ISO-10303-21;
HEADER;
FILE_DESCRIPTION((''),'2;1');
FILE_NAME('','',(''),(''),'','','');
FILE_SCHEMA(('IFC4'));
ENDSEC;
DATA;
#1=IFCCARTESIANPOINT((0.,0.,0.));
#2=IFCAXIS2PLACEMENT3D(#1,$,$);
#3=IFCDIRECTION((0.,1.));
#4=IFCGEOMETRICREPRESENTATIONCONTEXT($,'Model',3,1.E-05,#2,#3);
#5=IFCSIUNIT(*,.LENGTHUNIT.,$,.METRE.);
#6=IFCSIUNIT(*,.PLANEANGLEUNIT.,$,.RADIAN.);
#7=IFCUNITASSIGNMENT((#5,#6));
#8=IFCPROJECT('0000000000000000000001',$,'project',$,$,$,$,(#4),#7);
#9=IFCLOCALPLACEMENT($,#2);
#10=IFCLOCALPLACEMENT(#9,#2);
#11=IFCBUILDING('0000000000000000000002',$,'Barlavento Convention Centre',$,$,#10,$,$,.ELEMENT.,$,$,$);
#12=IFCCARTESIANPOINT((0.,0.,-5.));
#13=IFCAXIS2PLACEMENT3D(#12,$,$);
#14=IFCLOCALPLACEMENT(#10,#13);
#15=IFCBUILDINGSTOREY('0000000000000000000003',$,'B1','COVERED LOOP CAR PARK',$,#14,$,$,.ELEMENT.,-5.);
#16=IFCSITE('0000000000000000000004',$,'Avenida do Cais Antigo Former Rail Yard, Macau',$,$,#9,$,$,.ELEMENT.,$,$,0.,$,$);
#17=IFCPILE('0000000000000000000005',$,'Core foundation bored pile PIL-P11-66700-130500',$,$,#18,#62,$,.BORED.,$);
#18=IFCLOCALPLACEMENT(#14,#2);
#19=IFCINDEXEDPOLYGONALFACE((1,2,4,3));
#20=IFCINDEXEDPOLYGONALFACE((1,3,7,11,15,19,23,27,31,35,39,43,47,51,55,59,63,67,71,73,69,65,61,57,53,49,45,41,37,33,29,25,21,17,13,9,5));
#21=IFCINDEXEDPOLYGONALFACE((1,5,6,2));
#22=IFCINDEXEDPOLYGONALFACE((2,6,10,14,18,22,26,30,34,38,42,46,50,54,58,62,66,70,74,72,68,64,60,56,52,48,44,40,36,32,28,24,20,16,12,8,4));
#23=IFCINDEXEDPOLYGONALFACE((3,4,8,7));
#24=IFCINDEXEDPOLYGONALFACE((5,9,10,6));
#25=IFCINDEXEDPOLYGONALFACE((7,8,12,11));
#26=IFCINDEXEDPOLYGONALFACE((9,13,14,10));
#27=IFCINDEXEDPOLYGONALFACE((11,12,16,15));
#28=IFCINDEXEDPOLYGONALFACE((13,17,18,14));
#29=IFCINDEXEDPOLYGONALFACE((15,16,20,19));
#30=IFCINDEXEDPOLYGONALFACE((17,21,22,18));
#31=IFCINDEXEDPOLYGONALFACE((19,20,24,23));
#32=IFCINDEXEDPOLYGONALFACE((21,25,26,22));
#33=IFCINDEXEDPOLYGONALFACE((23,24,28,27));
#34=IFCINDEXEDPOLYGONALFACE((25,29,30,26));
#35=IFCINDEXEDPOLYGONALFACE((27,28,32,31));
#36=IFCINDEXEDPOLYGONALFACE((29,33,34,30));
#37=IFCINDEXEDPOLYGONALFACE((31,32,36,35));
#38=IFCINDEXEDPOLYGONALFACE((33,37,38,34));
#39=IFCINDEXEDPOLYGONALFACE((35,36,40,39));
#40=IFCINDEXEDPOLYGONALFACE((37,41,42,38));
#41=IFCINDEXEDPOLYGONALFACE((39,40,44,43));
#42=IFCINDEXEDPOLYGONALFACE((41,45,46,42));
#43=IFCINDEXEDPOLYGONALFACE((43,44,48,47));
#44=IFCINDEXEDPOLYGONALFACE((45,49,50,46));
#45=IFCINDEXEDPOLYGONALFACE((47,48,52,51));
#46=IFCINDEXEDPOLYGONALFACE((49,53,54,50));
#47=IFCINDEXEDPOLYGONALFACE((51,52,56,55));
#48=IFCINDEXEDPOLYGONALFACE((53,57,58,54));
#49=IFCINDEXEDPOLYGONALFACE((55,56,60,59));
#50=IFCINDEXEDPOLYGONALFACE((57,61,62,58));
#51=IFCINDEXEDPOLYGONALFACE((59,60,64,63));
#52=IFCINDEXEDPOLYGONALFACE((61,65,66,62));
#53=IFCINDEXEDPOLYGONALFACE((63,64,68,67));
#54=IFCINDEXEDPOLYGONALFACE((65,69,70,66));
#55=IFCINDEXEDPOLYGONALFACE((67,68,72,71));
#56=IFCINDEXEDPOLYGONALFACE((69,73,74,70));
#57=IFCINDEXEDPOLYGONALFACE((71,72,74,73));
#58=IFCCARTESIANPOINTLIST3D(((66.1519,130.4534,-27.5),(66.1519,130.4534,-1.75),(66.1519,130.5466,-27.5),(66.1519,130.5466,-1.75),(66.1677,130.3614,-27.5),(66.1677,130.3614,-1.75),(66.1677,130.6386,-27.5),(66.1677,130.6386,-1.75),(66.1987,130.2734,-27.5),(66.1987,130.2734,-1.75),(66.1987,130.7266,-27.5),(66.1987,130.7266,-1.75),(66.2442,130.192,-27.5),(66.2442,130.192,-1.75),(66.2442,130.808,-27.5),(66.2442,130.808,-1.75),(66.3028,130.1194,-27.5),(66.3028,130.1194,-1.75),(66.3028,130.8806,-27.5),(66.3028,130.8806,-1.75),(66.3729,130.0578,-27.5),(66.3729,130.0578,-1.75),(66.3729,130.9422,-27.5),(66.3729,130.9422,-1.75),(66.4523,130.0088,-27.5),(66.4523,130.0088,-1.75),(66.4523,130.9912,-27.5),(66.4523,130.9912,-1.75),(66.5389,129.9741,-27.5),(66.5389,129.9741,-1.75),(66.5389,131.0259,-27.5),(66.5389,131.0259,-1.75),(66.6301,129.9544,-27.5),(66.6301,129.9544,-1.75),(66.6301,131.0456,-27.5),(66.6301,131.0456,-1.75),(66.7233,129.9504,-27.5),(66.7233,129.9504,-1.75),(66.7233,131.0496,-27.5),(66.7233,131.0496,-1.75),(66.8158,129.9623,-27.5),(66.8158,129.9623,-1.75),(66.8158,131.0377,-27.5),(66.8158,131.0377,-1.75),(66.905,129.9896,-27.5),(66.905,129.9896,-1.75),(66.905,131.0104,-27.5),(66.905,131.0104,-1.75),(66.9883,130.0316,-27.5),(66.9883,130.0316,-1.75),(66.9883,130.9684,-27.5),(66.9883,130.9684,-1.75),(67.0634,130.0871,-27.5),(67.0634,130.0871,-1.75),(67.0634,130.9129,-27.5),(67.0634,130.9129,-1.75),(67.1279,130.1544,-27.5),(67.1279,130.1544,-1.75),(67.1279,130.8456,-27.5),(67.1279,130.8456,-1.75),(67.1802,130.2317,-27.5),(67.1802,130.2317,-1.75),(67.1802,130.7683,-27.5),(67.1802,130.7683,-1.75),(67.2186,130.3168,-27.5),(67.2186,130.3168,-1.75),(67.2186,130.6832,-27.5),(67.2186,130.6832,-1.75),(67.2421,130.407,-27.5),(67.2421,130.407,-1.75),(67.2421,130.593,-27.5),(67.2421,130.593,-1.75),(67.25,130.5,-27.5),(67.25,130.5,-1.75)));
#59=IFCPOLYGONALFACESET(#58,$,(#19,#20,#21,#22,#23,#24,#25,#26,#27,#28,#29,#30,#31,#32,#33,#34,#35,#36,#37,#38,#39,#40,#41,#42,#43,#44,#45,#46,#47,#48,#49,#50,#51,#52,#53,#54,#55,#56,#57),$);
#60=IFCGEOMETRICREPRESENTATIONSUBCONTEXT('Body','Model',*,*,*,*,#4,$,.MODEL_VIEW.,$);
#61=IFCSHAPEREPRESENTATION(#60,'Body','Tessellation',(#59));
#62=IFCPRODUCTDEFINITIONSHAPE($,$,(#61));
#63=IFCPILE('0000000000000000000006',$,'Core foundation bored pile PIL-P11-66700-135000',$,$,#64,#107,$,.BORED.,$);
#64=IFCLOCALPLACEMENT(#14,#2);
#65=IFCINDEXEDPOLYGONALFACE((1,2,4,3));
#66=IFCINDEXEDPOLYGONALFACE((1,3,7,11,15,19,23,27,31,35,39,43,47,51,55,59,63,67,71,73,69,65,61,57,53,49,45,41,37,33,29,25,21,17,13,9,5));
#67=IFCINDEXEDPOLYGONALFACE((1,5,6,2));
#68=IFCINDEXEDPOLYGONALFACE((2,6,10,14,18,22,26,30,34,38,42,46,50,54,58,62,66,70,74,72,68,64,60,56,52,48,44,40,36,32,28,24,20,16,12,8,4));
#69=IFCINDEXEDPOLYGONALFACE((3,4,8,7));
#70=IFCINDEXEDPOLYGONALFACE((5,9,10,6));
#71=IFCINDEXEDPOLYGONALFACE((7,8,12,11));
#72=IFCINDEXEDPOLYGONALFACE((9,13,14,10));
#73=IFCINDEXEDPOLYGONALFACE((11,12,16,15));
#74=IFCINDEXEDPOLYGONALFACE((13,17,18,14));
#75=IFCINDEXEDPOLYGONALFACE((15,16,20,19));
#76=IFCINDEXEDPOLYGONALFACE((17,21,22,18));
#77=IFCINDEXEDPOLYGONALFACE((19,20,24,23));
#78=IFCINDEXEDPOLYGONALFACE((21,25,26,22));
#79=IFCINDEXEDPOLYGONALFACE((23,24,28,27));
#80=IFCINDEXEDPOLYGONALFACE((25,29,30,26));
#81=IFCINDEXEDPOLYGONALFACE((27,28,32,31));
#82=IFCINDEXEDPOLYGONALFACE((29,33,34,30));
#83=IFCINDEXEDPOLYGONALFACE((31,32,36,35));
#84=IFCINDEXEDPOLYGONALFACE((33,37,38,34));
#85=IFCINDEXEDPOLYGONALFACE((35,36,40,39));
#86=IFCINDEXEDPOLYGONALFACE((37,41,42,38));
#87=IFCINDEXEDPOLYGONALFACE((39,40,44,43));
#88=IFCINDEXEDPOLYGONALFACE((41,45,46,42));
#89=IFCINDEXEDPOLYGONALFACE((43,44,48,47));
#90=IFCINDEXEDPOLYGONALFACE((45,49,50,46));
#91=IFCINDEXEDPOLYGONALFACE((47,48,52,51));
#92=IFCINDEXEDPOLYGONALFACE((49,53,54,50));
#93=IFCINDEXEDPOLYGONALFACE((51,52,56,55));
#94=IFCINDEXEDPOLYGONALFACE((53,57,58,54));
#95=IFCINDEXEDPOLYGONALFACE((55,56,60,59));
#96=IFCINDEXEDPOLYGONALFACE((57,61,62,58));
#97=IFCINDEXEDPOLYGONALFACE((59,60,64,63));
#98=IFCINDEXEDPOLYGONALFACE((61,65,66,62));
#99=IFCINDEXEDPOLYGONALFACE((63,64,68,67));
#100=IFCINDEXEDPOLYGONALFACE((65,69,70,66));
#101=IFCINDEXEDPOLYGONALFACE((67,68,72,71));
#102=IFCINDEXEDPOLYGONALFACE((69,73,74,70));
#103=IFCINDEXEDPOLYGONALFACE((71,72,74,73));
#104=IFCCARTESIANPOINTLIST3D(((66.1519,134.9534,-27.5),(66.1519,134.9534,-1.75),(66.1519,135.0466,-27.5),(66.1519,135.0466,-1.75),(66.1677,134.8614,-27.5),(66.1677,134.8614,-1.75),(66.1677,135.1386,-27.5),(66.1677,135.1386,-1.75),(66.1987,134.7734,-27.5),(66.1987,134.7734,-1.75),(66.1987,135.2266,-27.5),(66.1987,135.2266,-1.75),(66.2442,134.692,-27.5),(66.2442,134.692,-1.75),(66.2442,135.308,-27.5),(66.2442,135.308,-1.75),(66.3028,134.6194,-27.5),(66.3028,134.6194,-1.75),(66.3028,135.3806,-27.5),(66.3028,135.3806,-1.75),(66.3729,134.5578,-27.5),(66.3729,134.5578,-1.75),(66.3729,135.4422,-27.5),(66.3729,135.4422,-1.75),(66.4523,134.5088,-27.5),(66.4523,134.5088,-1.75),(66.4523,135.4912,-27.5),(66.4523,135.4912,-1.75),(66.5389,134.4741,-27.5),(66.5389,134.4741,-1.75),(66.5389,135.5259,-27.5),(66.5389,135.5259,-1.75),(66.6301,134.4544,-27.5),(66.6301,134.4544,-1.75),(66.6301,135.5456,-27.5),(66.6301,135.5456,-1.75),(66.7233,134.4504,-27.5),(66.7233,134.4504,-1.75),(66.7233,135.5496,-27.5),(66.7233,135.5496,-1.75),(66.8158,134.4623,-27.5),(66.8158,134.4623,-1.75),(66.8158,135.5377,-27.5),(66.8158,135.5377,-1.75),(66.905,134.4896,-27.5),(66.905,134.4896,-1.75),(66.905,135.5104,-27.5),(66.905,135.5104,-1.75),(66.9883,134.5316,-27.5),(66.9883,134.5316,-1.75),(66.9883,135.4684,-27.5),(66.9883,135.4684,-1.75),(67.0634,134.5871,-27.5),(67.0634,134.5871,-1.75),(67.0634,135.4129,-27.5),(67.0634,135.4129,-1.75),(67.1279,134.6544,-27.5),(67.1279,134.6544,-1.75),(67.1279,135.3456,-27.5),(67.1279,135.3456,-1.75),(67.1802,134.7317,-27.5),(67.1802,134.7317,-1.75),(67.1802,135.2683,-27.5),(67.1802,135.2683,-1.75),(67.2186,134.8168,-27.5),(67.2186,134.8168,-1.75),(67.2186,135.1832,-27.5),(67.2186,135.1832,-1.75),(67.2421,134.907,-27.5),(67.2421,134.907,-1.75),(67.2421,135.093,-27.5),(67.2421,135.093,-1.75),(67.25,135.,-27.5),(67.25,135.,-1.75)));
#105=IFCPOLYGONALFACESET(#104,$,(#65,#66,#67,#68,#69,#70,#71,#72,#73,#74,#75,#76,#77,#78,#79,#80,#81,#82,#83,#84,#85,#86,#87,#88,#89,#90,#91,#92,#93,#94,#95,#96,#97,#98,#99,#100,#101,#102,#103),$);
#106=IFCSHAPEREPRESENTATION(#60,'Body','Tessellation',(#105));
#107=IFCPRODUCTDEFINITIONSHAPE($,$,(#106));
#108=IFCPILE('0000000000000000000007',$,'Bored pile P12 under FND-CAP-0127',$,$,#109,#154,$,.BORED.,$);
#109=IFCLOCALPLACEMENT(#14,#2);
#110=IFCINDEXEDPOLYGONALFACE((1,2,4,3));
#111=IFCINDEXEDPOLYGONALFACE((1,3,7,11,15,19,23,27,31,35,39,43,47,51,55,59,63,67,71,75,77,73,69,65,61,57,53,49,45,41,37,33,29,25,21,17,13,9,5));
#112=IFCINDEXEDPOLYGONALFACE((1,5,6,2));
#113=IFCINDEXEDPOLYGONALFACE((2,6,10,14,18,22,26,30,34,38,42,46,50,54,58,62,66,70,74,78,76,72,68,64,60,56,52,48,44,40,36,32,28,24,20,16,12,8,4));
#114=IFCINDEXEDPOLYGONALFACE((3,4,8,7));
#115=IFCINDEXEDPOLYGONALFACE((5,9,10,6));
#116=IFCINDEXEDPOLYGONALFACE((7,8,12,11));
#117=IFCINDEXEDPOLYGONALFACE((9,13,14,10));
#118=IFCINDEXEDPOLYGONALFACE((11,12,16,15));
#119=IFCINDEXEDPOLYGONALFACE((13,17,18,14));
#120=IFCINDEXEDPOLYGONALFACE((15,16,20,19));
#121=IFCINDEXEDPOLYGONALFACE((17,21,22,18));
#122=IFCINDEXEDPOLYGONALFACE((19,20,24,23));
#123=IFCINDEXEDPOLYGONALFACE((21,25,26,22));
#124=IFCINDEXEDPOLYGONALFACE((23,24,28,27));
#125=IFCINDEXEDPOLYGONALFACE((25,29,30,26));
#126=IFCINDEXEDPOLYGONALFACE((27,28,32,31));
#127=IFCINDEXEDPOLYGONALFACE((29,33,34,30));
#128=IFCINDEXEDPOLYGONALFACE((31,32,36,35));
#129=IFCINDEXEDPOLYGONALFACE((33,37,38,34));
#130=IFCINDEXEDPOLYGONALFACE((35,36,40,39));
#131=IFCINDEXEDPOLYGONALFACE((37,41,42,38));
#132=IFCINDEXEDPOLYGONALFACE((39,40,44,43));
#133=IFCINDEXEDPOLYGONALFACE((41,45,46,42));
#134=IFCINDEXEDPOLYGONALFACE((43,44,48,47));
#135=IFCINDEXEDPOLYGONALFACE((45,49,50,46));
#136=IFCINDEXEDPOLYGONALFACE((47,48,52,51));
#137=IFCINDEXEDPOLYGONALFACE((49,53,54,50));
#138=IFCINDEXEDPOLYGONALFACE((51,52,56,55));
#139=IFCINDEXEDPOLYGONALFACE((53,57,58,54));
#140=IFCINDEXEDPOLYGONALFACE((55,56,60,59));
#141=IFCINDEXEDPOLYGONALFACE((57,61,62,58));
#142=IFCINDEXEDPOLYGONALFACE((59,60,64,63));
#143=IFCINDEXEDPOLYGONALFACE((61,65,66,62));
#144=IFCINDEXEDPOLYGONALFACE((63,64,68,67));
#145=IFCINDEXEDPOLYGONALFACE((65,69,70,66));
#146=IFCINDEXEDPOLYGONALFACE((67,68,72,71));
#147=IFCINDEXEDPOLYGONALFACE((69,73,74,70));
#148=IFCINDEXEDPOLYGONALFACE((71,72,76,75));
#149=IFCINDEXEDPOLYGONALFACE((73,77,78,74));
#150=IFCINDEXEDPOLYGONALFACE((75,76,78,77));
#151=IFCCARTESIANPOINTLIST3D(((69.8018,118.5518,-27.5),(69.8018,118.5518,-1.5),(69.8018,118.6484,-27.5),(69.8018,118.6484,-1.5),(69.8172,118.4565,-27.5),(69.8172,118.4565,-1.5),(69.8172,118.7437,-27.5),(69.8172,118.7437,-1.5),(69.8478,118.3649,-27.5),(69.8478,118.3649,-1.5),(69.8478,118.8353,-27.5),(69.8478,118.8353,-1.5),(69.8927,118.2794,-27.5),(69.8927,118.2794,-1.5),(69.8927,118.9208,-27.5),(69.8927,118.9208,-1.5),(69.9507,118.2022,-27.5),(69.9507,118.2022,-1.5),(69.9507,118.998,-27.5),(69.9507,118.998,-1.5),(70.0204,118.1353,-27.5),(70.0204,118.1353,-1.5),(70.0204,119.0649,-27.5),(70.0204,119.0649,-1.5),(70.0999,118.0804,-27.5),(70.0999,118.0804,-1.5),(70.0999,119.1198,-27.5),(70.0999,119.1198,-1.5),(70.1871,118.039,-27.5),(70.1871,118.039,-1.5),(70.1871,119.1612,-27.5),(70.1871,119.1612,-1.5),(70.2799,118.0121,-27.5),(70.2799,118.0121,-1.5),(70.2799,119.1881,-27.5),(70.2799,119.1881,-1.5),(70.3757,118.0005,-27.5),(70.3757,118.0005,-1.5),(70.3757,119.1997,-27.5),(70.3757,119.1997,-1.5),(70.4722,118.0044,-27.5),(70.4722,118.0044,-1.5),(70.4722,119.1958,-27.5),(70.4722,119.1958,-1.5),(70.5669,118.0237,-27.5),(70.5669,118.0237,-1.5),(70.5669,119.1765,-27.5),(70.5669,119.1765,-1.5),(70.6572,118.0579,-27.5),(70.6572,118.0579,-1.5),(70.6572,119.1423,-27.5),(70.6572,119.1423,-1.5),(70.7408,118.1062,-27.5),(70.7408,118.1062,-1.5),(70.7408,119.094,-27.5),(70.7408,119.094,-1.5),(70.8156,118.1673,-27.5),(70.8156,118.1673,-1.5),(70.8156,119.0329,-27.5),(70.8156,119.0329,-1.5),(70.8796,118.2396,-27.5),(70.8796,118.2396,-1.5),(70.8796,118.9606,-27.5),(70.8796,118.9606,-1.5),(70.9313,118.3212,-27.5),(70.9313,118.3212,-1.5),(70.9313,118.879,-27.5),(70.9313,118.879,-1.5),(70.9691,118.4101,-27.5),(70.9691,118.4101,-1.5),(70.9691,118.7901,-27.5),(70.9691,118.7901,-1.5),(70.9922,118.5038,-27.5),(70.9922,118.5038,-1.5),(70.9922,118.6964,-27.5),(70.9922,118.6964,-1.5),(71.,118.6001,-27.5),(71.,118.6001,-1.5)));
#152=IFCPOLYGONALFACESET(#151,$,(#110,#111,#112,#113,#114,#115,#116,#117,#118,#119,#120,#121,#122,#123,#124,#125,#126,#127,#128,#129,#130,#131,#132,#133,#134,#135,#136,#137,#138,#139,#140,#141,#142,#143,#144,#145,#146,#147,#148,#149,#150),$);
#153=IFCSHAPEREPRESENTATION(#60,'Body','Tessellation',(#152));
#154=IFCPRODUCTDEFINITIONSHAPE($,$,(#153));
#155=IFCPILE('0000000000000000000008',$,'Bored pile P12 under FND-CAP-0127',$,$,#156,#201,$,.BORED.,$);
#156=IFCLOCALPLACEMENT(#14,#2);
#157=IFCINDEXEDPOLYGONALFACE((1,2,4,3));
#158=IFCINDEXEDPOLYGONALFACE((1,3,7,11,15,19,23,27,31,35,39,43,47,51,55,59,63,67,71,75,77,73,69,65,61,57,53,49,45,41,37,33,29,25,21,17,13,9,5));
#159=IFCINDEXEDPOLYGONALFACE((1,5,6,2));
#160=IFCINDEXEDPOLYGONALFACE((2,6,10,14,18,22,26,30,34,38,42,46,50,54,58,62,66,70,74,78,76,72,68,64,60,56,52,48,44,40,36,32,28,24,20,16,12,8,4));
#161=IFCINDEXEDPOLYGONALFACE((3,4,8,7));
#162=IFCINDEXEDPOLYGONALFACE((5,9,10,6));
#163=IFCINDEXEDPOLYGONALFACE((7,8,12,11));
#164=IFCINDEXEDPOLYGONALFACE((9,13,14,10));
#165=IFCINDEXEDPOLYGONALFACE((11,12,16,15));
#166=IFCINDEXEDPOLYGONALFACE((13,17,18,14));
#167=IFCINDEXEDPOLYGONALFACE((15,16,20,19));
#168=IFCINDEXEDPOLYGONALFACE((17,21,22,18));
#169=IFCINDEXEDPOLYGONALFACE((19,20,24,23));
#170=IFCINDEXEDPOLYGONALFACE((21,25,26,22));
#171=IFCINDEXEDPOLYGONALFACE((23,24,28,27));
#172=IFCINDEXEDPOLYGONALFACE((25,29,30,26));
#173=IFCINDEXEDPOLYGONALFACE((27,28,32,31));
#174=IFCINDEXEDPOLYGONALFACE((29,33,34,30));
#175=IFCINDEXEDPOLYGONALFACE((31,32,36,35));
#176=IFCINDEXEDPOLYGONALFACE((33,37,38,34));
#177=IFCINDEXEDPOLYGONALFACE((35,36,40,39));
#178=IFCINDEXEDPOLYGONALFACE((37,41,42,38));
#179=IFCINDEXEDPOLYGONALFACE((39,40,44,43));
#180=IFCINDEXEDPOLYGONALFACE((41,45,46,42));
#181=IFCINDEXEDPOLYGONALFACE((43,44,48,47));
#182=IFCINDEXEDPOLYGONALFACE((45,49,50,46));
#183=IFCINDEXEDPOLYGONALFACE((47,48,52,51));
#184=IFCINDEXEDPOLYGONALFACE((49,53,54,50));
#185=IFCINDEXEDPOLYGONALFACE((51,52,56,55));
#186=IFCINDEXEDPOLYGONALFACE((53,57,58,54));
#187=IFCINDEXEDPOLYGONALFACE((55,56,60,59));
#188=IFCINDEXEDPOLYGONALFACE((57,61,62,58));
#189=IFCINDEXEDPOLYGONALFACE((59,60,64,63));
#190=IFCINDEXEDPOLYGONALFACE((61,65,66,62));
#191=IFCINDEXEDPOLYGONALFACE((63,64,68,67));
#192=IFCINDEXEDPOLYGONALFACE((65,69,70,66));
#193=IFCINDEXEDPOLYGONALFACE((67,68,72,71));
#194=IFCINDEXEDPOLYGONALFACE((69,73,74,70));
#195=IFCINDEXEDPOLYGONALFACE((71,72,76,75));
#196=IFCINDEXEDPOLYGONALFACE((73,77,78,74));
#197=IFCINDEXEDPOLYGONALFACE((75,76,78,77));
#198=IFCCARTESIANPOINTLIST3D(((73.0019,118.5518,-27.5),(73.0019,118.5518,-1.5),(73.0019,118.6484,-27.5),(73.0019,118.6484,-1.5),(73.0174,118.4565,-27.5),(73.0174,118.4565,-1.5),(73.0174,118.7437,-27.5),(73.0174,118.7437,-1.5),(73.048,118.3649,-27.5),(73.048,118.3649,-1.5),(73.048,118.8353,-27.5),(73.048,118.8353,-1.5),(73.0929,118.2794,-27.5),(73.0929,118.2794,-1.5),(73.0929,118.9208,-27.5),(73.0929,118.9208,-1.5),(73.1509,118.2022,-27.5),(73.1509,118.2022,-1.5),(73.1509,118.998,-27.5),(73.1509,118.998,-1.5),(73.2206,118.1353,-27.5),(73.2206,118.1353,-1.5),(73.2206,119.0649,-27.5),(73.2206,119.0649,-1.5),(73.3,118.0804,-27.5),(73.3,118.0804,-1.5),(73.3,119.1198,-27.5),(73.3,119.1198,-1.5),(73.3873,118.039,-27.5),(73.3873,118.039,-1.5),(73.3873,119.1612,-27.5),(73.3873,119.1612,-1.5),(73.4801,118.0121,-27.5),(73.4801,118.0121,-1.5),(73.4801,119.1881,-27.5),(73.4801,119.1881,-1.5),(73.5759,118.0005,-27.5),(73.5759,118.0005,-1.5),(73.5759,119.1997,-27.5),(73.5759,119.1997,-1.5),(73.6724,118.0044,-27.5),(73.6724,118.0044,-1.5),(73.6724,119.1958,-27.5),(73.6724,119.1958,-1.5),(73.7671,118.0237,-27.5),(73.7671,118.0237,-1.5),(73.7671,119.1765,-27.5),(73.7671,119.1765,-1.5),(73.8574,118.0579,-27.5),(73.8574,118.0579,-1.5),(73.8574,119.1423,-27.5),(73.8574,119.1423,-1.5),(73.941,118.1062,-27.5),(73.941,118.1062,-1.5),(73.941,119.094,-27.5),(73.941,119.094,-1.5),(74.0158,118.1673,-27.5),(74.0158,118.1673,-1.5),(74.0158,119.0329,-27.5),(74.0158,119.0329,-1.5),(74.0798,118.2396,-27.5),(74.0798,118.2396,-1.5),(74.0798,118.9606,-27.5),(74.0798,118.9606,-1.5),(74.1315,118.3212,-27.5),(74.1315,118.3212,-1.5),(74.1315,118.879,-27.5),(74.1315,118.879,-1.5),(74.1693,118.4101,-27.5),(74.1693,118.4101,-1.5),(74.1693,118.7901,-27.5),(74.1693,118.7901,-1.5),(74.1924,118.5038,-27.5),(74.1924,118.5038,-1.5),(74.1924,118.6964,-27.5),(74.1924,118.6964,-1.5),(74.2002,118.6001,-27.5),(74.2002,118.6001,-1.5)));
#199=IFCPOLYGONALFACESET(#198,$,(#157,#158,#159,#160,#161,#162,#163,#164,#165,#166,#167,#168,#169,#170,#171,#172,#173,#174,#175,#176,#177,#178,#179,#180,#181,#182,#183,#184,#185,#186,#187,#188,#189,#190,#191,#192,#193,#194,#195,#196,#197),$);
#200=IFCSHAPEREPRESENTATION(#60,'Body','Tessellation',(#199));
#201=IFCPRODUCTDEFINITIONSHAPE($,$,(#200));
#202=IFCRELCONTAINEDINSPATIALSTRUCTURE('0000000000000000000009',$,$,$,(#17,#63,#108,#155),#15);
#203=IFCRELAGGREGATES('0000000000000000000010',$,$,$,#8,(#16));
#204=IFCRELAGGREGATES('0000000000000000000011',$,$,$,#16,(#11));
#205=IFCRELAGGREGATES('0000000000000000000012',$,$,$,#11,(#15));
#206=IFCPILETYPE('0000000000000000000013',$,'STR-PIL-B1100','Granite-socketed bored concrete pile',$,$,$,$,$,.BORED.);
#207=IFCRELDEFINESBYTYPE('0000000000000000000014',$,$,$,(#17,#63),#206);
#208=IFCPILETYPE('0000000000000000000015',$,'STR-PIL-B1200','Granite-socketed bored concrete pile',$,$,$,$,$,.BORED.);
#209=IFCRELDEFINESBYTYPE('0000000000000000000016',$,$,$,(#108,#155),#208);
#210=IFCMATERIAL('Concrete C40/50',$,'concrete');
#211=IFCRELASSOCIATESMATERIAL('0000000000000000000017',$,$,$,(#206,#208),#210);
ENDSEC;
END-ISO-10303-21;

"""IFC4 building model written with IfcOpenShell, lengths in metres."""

from ifc_helpers import new_model, si_unit, direction, frame, origin, origin_2d, place, context, subcontext, project, spatial, circle, extrude, material, material_profile, profile_set, type_object, element, save


model = new_model("IFC4")

# Units and contexts
model_context = context("Model", 3, precision=1e-05, world=origin(), true_north=direction((0.0, 1.0)))
body_context = subcontext(model_context, "Body", "Model", "MODEL_VIEW")
ifc_project = project(units=[si_unit("LENGTHUNIT", "METRE"), si_unit("PLANEANGLEUNIT", "RADIAN")], contexts=[model_context])

# Site, building, storey
site_placement = place(None, origin())
site = spatial("IfcSite", under=ifc_project, at=site_placement, Name="Avenida do Cais Antigo Former Rail Yard, Macau", CompositionType="ELEMENT", RefElevation=0.0)
building_placement = place(site_placement, origin())
building = spatial("IfcBuilding", under=site, at=building_placement, Name="Barlavento Convention Centre", CompositionType="ELEMENT")
storey_placement = place(building_placement, frame((0.0, 0.0, -5.0)))
storey = spatial("IfcBuildingStorey", under=building, at=storey_placement, Name="B1", Description="COVERED LOOP CAR PARK", CompositionType="ELEMENT", Elevation=-5.0)

# Shared definitions
ifc_material_1 = material(Name="Concrete C40/50", Category="concrete")

# Piles
ifc_material_profile_1 = material_profile(ifc_material_1, circle(Radius=0.55, at=origin_2d()), Name="BORED PILE 1100")
ifc_profile_set_1 = profile_set([ifc_material_profile_1], Name="Concrete C40/50")
pile_type_1 = type_object("IfcPileType", Name="STR-PIL-B1100", Description="Granite-socketed bored concrete pile", PredefinedType="BORED", material=ifc_profile_set_1)
for number, where, z_axis, x_axis, name in (
    (1, (66.7, 130.5, -1.75), (0.0, 0.0, -1.0), (1.0, 0.0, 0.0), "Core foundation bored pile PIL-P11-66700-130500"),
    (2, (66.7, 135.0, -1.75), (0.0, 0.0, -1.0), (1.0, 0.0, 0.0), "Core foundation bored pile PIL-P11-66700-135000"),
):
    element("IfcPile", number, at=place(storey_placement, frame(where, z_axis=z_axis, x_axis=x_axis)), inside=storey, type_object=pile_type_1, Name=name, PredefinedType="BORED", context=body_context, shape_type="SweptSolid", body=[
        extrude(circle(Radius=0.55, at=origin_2d()), origin(), (0.0, 0.0, 1.0), 25.75),
    ])
ifc_material_profile_2 = material_profile(ifc_material_1, circle(Radius=0.6001, at=origin_2d()), Name="BORED PILE 1200")
ifc_profile_set_2 = profile_set([ifc_material_profile_2], Name="Concrete C40/50")
pile_type_2 = type_object("IfcPileType", Name="STR-PIL-B1200", Description="Granite-socketed bored concrete pile", PredefinedType="BORED", material=ifc_profile_set_2)
for number, where, z_axis, x_axis, name in (
    (3, (70.3999, 118.6001, -1.5), (0.0, 0.0, -1.0), (1.0, 0.0, 0.0), "Bored pile P12 under FND-CAP-0127"),
    (4, (73.6001, 118.6001, -1.5), (0.0, 0.0, -1.0), (1.0, 0.0, 0.0), "Bored pile P12 under FND-CAP-0127"),
):
    element("IfcPile", number, at=place(storey_placement, frame(where, z_axis=z_axis, x_axis=x_axis)), inside=storey, type_object=pile_type_2, Name=name, PredefinedType="BORED", context=body_context, shape_type="SweptSolid", body=[
        extrude(circle(Radius=0.6001, at=origin_2d()), origin(), (0.0, 0.0, 1.0), 26.0),
    ])

save(model, "model.ifc")
